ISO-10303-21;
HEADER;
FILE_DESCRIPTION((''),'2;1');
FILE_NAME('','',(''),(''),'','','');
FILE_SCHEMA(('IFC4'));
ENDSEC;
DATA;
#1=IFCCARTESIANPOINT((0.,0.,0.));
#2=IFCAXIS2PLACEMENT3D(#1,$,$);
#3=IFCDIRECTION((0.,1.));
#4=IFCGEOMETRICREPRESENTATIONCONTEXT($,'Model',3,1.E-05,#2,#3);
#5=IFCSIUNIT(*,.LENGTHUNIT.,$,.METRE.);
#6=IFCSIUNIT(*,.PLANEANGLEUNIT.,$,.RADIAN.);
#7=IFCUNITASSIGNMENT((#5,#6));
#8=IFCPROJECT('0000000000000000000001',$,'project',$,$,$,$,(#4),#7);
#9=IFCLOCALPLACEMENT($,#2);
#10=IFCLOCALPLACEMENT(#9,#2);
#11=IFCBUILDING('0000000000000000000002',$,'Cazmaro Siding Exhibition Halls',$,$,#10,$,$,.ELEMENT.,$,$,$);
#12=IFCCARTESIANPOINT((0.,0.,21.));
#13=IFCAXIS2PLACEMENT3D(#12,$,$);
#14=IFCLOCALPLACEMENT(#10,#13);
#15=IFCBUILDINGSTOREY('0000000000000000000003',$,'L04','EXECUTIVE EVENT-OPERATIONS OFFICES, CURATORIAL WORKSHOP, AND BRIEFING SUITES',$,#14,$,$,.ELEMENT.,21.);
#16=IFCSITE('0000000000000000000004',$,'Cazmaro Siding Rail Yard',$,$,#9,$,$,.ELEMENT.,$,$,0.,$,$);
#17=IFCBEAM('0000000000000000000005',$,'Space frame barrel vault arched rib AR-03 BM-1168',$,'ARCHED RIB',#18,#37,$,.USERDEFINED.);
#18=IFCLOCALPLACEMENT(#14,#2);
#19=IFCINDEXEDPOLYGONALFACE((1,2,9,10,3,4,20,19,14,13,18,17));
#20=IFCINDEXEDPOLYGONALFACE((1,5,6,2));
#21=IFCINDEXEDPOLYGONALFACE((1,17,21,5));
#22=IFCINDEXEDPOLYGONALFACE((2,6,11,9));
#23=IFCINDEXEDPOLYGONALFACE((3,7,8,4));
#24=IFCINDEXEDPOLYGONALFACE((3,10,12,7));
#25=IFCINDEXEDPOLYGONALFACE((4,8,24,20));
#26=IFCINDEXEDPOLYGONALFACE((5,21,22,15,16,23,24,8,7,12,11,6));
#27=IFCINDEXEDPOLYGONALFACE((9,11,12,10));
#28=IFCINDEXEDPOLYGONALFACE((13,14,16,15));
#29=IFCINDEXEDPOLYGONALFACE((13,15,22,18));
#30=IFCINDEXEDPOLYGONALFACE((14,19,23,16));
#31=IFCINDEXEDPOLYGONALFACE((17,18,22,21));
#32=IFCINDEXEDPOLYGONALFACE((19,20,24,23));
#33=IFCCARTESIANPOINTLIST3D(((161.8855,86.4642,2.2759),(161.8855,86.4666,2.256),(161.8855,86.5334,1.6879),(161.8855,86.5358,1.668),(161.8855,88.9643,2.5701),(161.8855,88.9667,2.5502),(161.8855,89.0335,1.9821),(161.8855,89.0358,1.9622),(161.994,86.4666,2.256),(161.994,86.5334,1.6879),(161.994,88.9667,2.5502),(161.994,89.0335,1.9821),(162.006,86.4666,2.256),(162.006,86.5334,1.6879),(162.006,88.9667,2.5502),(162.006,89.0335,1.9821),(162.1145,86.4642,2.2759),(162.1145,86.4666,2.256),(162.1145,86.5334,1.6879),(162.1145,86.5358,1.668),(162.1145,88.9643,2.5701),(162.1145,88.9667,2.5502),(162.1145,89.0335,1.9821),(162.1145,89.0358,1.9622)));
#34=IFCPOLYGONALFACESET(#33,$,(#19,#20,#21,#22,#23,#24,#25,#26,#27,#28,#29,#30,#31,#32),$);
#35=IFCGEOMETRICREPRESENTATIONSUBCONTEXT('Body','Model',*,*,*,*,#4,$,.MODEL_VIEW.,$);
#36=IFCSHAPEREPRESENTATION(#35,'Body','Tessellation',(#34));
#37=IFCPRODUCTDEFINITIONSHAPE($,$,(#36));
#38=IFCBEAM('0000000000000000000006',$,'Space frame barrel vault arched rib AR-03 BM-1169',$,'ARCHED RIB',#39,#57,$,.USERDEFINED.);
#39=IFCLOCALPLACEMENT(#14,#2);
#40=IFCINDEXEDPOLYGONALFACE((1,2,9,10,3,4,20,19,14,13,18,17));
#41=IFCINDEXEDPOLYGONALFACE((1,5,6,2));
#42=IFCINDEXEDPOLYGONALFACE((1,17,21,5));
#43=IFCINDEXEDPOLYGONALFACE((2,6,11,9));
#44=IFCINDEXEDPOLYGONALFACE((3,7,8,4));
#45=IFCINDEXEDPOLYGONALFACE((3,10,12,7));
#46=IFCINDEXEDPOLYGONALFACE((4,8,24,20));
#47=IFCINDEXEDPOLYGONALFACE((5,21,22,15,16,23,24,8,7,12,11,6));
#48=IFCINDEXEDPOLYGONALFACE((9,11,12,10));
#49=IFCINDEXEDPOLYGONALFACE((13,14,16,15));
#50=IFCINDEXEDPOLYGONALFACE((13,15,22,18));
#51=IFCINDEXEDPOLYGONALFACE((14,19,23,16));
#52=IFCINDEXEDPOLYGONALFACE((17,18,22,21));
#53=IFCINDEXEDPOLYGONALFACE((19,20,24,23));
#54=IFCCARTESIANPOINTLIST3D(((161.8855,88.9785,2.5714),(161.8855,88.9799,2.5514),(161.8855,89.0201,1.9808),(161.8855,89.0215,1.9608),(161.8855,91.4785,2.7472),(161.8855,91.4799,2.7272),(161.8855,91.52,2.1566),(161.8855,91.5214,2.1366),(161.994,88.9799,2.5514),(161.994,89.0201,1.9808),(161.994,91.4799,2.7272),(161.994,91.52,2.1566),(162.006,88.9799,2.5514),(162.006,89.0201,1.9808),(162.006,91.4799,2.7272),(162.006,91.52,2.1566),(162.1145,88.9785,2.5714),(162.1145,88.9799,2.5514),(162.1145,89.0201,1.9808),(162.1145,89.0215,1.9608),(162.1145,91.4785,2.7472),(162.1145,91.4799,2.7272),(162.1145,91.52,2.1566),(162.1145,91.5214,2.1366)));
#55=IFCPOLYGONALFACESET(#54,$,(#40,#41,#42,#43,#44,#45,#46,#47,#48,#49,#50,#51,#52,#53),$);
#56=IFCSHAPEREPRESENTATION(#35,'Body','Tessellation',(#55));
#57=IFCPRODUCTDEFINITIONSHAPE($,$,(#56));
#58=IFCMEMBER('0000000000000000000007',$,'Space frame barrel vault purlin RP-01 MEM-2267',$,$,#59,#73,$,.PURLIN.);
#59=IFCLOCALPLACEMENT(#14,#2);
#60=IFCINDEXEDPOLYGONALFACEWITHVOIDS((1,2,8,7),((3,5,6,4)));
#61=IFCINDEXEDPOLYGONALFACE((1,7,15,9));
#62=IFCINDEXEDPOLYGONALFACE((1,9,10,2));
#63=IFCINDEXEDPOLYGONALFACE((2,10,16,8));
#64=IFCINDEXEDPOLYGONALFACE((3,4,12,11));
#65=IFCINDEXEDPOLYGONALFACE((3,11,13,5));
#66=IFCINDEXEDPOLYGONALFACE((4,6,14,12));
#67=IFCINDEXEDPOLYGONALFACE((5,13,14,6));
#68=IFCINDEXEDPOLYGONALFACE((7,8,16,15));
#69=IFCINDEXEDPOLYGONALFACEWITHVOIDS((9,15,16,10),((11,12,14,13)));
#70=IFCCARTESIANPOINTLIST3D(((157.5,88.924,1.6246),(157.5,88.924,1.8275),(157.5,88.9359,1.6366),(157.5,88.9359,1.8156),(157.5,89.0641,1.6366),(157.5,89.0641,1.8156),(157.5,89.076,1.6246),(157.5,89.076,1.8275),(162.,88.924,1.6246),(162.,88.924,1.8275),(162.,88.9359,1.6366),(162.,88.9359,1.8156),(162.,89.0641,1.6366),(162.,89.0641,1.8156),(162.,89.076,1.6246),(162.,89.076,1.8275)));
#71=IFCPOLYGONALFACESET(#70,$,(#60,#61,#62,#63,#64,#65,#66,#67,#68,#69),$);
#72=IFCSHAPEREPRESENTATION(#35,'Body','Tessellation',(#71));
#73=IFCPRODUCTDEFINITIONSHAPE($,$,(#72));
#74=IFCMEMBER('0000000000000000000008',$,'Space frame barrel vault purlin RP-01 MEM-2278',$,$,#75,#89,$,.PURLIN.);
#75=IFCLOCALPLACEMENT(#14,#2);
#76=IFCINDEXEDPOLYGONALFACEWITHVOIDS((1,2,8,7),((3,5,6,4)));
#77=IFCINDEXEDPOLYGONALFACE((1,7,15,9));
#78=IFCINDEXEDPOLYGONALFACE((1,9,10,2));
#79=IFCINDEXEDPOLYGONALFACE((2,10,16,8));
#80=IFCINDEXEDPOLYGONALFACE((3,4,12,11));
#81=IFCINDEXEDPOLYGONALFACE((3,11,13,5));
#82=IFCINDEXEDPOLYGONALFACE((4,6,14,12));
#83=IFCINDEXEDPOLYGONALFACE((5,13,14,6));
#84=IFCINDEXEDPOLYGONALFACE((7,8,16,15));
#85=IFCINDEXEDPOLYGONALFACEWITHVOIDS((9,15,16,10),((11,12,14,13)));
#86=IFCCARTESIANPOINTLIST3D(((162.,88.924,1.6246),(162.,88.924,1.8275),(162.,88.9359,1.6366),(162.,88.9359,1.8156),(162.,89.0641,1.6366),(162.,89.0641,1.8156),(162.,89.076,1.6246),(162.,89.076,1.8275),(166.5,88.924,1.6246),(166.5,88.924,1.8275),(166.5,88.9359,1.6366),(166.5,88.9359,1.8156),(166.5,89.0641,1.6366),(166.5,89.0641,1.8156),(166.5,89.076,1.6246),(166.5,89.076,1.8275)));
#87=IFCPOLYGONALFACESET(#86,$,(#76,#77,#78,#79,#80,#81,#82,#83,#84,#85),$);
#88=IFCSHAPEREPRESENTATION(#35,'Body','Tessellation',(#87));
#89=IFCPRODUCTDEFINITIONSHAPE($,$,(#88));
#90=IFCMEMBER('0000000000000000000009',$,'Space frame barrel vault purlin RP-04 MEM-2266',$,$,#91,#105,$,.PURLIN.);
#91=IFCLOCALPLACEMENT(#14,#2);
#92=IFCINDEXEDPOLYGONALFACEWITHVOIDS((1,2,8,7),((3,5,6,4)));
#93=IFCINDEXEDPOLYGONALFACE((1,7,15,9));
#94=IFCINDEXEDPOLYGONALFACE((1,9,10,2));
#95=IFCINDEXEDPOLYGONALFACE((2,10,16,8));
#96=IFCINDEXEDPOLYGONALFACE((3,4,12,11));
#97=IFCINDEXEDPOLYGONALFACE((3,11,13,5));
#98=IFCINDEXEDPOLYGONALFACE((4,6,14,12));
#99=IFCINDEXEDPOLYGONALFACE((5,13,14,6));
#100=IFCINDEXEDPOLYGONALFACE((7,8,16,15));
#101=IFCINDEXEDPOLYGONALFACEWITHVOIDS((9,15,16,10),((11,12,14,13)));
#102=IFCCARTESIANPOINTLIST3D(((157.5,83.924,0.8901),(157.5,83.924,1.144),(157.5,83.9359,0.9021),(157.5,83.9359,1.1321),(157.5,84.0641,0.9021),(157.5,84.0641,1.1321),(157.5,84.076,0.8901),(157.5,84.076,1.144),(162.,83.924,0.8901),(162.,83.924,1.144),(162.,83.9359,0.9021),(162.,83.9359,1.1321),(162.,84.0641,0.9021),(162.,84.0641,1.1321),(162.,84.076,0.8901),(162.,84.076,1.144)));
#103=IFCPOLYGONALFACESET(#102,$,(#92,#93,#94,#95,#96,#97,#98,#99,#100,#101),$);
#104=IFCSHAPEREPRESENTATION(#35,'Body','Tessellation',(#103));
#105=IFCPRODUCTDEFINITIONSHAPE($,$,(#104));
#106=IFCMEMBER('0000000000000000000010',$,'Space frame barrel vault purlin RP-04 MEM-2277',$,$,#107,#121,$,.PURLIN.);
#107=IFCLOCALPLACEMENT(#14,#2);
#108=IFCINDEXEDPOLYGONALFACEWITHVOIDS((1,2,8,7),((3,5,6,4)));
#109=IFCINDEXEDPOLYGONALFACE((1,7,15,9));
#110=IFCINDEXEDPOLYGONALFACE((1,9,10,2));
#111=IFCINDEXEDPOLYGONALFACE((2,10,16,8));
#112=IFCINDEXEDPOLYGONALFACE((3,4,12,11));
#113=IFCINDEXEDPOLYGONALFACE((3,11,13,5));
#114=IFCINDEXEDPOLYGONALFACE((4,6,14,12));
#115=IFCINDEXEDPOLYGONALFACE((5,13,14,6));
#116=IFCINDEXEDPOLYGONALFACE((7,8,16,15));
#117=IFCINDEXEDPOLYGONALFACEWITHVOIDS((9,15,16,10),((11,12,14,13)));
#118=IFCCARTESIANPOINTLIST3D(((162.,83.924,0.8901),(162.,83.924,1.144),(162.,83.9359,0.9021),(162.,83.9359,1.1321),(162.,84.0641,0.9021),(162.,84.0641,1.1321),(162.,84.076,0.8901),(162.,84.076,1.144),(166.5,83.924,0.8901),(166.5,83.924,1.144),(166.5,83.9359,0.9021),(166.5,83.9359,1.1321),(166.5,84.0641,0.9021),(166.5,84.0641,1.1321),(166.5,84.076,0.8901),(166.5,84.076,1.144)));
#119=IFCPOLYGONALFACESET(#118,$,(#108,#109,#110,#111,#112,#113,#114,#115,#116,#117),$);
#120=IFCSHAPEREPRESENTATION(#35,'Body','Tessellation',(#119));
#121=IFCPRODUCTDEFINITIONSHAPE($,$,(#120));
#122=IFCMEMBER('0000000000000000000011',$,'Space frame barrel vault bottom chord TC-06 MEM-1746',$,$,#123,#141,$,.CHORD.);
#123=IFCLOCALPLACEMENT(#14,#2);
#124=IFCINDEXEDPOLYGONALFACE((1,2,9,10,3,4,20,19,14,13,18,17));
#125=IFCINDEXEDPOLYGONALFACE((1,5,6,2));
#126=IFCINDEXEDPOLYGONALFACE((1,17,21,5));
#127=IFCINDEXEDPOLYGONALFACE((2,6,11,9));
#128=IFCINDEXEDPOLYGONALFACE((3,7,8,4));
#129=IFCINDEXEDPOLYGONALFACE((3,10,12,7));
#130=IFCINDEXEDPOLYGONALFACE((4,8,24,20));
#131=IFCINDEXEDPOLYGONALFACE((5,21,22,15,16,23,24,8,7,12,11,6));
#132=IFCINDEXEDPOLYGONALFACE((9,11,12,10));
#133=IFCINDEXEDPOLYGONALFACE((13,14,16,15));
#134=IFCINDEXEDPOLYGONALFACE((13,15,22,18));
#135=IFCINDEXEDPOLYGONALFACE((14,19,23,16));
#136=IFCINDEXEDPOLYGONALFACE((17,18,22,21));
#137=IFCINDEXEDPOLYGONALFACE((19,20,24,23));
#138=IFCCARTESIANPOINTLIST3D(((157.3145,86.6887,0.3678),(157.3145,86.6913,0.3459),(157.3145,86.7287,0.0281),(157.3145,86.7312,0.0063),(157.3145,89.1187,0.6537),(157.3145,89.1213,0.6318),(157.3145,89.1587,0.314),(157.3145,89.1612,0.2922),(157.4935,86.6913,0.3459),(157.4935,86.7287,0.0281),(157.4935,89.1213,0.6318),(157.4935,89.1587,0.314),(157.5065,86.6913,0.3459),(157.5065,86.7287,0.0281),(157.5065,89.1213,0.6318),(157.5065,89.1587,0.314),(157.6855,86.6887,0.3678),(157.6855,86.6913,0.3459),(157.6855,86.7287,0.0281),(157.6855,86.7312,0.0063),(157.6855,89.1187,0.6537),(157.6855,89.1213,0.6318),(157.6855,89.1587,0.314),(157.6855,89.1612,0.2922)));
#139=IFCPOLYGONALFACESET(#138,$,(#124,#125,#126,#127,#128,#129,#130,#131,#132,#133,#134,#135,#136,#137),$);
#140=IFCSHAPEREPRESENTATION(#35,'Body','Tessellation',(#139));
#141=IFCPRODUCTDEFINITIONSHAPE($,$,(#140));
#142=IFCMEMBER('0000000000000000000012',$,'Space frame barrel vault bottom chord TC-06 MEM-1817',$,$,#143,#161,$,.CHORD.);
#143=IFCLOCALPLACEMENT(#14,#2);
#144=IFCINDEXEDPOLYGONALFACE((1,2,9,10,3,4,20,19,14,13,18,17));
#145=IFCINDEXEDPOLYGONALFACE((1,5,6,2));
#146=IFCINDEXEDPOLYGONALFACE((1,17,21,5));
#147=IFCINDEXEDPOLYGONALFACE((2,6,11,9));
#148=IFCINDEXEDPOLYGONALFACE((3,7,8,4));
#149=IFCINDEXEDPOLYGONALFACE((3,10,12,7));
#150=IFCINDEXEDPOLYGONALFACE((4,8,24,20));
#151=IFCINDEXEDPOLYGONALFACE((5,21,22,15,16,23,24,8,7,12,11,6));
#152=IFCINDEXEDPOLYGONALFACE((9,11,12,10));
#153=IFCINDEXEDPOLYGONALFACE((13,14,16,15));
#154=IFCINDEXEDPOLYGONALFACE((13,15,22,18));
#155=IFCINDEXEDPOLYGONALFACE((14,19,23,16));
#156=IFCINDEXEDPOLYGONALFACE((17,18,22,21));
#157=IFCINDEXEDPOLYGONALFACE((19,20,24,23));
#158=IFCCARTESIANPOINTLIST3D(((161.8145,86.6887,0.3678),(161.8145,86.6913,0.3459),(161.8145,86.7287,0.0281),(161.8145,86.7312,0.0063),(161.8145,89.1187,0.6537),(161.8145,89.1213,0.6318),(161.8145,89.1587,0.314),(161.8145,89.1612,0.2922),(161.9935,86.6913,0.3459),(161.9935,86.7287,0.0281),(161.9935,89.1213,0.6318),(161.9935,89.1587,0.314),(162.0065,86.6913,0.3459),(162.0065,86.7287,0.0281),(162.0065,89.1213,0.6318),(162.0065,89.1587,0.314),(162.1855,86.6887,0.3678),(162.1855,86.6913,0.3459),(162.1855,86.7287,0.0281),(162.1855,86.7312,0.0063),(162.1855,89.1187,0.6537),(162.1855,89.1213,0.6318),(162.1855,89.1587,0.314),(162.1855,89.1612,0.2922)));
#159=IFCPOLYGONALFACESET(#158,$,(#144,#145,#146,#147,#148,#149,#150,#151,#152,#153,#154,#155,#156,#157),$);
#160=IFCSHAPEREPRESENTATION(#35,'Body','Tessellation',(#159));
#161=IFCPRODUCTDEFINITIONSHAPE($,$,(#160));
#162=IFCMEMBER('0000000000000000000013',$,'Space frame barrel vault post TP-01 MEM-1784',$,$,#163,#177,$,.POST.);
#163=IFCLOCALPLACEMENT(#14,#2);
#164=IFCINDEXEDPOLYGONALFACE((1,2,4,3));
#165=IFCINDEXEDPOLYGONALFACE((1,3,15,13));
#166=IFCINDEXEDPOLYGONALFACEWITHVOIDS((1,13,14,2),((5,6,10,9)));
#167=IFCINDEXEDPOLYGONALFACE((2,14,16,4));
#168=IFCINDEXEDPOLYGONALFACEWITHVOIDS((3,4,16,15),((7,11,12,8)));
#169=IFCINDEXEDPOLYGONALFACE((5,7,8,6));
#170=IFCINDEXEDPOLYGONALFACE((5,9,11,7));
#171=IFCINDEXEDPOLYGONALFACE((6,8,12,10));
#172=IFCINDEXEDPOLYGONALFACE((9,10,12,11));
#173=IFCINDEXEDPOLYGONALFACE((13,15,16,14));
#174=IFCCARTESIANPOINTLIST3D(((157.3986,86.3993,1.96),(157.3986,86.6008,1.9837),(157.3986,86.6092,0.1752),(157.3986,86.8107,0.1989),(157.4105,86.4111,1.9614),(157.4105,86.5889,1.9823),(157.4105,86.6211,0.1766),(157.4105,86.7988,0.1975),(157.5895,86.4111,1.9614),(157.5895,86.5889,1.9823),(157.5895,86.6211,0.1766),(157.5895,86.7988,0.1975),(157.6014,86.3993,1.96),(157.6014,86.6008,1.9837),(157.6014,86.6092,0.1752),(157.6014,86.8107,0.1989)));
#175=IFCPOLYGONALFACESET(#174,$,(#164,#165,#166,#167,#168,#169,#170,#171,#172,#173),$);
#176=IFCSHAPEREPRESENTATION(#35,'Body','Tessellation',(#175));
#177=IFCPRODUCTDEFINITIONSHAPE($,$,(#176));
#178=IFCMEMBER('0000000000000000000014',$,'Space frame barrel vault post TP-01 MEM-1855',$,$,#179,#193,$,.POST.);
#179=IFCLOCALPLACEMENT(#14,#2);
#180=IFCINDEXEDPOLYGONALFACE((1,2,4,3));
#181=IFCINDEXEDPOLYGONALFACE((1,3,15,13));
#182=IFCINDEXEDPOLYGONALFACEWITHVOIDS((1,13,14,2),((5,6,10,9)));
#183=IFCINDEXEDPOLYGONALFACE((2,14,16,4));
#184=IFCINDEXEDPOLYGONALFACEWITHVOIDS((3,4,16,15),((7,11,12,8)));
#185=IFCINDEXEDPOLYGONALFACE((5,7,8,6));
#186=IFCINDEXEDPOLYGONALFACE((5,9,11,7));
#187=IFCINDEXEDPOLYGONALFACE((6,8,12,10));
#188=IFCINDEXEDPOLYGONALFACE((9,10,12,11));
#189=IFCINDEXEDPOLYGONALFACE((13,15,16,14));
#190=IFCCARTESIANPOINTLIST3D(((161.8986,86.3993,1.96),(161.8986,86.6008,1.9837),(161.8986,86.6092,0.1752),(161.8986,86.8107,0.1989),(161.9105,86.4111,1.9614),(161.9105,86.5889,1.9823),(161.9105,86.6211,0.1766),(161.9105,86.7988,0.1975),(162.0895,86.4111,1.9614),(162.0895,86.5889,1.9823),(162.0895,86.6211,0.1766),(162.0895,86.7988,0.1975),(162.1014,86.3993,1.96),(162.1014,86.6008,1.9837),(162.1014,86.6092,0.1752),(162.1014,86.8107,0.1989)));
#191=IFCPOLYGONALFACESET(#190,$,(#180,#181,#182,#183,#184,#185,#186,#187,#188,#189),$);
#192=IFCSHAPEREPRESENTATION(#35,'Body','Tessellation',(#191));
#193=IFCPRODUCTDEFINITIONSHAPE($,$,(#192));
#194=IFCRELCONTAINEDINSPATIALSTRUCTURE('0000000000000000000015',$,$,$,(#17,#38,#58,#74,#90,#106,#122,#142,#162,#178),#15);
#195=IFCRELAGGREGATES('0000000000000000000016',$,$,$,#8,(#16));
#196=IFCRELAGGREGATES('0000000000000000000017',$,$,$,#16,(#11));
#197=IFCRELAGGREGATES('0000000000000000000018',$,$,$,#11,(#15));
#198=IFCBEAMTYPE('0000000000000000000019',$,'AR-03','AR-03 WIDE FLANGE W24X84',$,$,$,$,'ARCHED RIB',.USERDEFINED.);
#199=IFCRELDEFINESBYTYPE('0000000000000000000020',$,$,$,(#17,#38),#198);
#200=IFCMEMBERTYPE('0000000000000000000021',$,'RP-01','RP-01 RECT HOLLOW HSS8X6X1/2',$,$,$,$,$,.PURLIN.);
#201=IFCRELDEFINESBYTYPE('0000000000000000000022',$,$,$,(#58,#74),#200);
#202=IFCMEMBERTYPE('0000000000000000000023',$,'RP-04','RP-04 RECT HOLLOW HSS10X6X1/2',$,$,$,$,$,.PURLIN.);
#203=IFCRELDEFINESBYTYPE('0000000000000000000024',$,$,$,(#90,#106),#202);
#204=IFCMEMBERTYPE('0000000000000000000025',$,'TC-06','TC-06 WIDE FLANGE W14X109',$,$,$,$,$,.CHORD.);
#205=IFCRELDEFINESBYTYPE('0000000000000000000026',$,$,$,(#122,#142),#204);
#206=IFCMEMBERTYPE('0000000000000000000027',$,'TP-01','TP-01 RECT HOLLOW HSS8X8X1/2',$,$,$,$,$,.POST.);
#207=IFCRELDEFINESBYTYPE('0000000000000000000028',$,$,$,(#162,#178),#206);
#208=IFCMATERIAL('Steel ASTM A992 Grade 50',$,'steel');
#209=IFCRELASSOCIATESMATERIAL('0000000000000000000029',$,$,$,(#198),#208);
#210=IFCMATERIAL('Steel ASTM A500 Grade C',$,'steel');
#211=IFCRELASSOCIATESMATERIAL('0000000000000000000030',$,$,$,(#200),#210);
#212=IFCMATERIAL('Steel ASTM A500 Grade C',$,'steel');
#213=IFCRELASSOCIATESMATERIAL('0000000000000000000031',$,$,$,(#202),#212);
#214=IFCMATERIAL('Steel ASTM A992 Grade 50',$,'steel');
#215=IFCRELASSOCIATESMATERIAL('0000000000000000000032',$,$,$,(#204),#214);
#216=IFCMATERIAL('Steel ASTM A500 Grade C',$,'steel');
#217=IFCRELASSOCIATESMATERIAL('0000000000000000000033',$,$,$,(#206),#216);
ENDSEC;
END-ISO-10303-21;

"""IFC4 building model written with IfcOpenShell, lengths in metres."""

from ifc_helpers import new_model, si_unit, direction, frame, origin, origin_2d, place, context, subcontext, project, spatial, hollow_rectangle, i_section, extrude, material, material_profile, profile_set, type_object, element, save


model = new_model("IFC4")

# Units and contexts
model_context = context("Model", 3, precision=1e-05, world=origin(), true_north=direction((0.0, 1.0)))
body_context = subcontext(model_context, "Body", "Model", "MODEL_VIEW")
ifc_project = project(units=[si_unit("LENGTHUNIT", "METRE"), si_unit("PLANEANGLEUNIT", "RADIAN")], contexts=[model_context])

# Site, building, storey
site_placement = place(None, origin())
site = spatial("IfcSite", under=ifc_project, at=site_placement, Name="Cazmaro Siding Rail Yard", CompositionType="ELEMENT", RefElevation=0.0)
building_placement = place(site_placement, origin())
building = spatial("IfcBuilding", under=site, at=building_placement, Name="Cazmaro Siding Exhibition Halls", CompositionType="ELEMENT")
storey_placement = place(building_placement, frame((0.0, 0.0, 21.0)))
storey = spatial("IfcBuildingStorey", under=building, at=storey_placement, Name="L04", Description="EXECUTIVE EVENT-OPERATIONS OFFICES, CURATORIAL WORKSHOP, AND BRIEFING SUITES", CompositionType="ELEMENT", Elevation=21.0)

# Beams
ifc_material_1 = material(Name="Steel ASTM A992 Grade 50", Category="steel")
ifc_material_profile_1 = material_profile(ifc_material_1, i_section(OverallWidth=0.229, OverallDepth=0.6121, WebThickness=0.012, FlangeThickness=0.02, at=origin_2d()), Name="W24X84")
ifc_profile_set_1 = profile_set([ifc_material_profile_1], Name="Steel ASTM A992 Grade 50")
beam_type_1 = type_object("IfcBeamType", Name="AR-03", Description="AR-03 WIDE FLANGE W24X84", ElementType="ARCHED RIB", PredefinedType="USERDEFINED", material=ifc_profile_set_1)
beam_1_placement = place(storey_placement, frame((162.0, 86.5, 1.9719), z_axis=(0.0, 0.993147, 0.116869), x_axis=(-1.0, 0.0, 0.0)))
element("IfcBeam", 1, at=beam_1_placement, inside=storey, type_object=beam_type_1, Name="Space frame barrel vault arched rib AR-03 BM-1168", ObjectType="ARCHED RIB", PredefinedType="USERDEFINED", context=body_context, shape_type="SweptSolid", body=[
    extrude(i_section(OverallWidth=0.229, OverallDepth=0.6121, WebThickness=0.012, FlangeThickness=0.02, at=origin_2d()), origin(), (0.0, 0.0, 1.0), 2.5173),
])
beam_2_placement = place(storey_placement, frame((162.0, 89.0, 2.2661), z_axis=(0.0, 0.997537, 0.070139), x_axis=(-1.0, 0.0, 0.0)))
element("IfcBeam", 2, at=beam_2_placement, inside=storey, type_object=beam_type_1, Name="Space frame barrel vault arched rib AR-03 BM-1169", ObjectType="ARCHED RIB", PredefinedType="USERDEFINED", context=body_context, shape_type="SweptSolid", body=[
    extrude(i_section(OverallWidth=0.229, OverallDepth=0.6121, WebThickness=0.012, FlangeThickness=0.02, at=origin_2d()), origin(), (0.0, 0.0, 1.0), 2.5061),
])

# Members
ifc_material_2 = material(Name="Steel ASTM A500 Grade C", Category="steel")
ifc_material_profile_2 = material_profile(ifc_material_2, hollow_rectangle(XDim=0.1521, YDim=0.2029, WallThickness=0.012, at=origin_2d()), Name="HSS8X6X1/2")
ifc_profile_set_2 = profile_set([ifc_material_profile_2], Name="Steel ASTM A500 Grade C")
member_type_1 = type_object("IfcMemberType", Name="RP-01", Description="RP-01 RECT HOLLOW HSS8X6X1/2", PredefinedType="PURLIN", material=ifc_profile_set_2)
for number, where, z_axis, x_axis, name in (
    (3, (157.5, 89.0, 1.7261), (1.0, 0.0, 0.0), (0.0, 1.0, 0.0), "Space frame barrel vault purlin RP-01 MEM-2267"),
    (4, (162.0, 89.0, 1.7261), (1.0, 0.0, 0.0), (0.0, 1.0, 0.0), "Space frame barrel vault purlin RP-01 MEM-2278"),
):
    element("IfcMember", number, at=place(storey_placement, frame(where, z_axis=z_axis, x_axis=x_axis)), inside=storey, type_object=member_type_1, Name=name, PredefinedType="PURLIN", context=body_context, shape_type="SweptSolid", body=[
        extrude(hollow_rectangle(XDim=0.1521, YDim=0.2029, WallThickness=0.012, at=origin_2d()), origin(), (0.0, 0.0, 1.0), 4.5),
    ])
ifc_material_3 = material(Name="Steel ASTM A500 Grade C", Category="steel")
ifc_material_profile_3 = material_profile(ifc_material_3, hollow_rectangle(XDim=0.1521, YDim=0.2539, WallThickness=0.012, at=origin_2d()), Name="HSS10X6X1/2")
ifc_profile_set_3 = profile_set([ifc_material_profile_3], Name="Steel ASTM A500 Grade C")
member_type_2 = type_object("IfcMemberType", Name="RP-04", Description="RP-04 RECT HOLLOW HSS10X6X1/2", PredefinedType="PURLIN", material=ifc_profile_set_3)
for number, where, z_axis, x_axis, name in (
    (5, (157.5, 84.0, 1.0171), (1.0, 0.0, 0.0), (0.0, 1.0, 0.0), "Space frame barrel vault purlin RP-04 MEM-2266"),
    (6, (162.0, 84.0, 1.0171), (1.0, 0.0, 0.0), (0.0, 1.0, 0.0), "Space frame barrel vault purlin RP-04 MEM-2277"),
):
    element("IfcMember", number, at=place(storey_placement, frame(where, z_axis=z_axis, x_axis=x_axis)), inside=storey, type_object=member_type_2, Name=name, PredefinedType="PURLIN", context=body_context, shape_type="SweptSolid", body=[
        extrude(hollow_rectangle(XDim=0.1521, YDim=0.2539, WallThickness=0.012, at=origin_2d()), origin(), (0.0, 0.0, 1.0), 4.5),
    ])
ifc_material_4 = material(Name="Steel ASTM A992 Grade 50", Category="steel")
ifc_material_profile_4 = material_profile(ifc_material_4, i_section(OverallWidth=0.3711, OverallDepth=0.364, WebThickness=0.0129, FlangeThickness=0.022, at=origin_2d()), Name="W14X109")
ifc_profile_set_4 = profile_set([ifc_material_profile_4], Name="Steel ASTM A992 Grade 50")
member_type_3 = type_object("IfcMemberType", Name="TC-06", Description="TC-06 WIDE FLANGE W14X109", PredefinedType="CHORD", material=ifc_profile_set_4)
for number, where, z_axis, x_axis, name in (
    (7, (157.5, 86.71, 0.187), (0.0, 0.99315, 0.116847), (-1.0, 0.0, 0.0), "Space frame barrel vault bottom chord TC-06 MEM-1746"),
    (8, (162.0, 86.71, 0.187), (0.0, 0.99315, 0.116847), (-1.0, 0.0, 0.0), "Space frame barrel vault bottom chord TC-06 MEM-1817"),
):
    element("IfcMember", number, at=place(storey_placement, frame(where, z_axis=z_axis, x_axis=x_axis)), inside=storey, type_object=member_type_3, Name=name, PredefinedType="CHORD", context=body_context, shape_type="SweptSolid", body=[
        extrude(i_section(OverallWidth=0.3711, OverallDepth=0.364, WebThickness=0.0129, FlangeThickness=0.022, at=origin_2d()), origin(), (0.0, 0.0, 1.0), 2.4468),
    ])
ifc_material_5 = material(Name="Steel ASTM A500 Grade C", Category="steel")
ifc_material_profile_5 = material_profile(ifc_material_5, hollow_rectangle(XDim=0.2029, YDim=0.2029, WallThickness=0.012, at=origin_2d()), Name="HSS8X8X1/2")
ifc_profile_set_5 = profile_set([ifc_material_profile_5], Name="Steel ASTM A500 Grade C")
member_type_4 = type_object("IfcMemberType", Name="TP-01", Description="TP-01 RECT HOLLOW HSS8X8X1/2", PredefinedType="POST", material=ifc_profile_set_5)
for number, where, z_axis, x_axis, name in (
    (9, (157.5, 86.71, 0.187), (0.0, -0.116825, 0.993152), (1.0, 0.0, 0.0), "Space frame barrel vault post TP-01 MEM-1784"),
    (10, (162.0, 86.71, 0.187), (0.0, -0.116825, 0.993152), (1.0, 0.0, 0.0), "Space frame barrel vault post TP-01 MEM-1855"),
):
    element("IfcMember", number, at=place(storey_placement, frame(where, z_axis=z_axis, x_axis=x_axis)), inside=storey, type_object=member_type_4, Name=name, PredefinedType="POST", context=body_context, shape_type="SweptSolid", body=[
        extrude(hollow_rectangle(XDim=0.2029, YDim=0.2029, WallThickness=0.012, at=origin_2d()), origin(), (0.0, 0.0, 1.0), 1.7971),
    ])

save(model, "model.ifc")
